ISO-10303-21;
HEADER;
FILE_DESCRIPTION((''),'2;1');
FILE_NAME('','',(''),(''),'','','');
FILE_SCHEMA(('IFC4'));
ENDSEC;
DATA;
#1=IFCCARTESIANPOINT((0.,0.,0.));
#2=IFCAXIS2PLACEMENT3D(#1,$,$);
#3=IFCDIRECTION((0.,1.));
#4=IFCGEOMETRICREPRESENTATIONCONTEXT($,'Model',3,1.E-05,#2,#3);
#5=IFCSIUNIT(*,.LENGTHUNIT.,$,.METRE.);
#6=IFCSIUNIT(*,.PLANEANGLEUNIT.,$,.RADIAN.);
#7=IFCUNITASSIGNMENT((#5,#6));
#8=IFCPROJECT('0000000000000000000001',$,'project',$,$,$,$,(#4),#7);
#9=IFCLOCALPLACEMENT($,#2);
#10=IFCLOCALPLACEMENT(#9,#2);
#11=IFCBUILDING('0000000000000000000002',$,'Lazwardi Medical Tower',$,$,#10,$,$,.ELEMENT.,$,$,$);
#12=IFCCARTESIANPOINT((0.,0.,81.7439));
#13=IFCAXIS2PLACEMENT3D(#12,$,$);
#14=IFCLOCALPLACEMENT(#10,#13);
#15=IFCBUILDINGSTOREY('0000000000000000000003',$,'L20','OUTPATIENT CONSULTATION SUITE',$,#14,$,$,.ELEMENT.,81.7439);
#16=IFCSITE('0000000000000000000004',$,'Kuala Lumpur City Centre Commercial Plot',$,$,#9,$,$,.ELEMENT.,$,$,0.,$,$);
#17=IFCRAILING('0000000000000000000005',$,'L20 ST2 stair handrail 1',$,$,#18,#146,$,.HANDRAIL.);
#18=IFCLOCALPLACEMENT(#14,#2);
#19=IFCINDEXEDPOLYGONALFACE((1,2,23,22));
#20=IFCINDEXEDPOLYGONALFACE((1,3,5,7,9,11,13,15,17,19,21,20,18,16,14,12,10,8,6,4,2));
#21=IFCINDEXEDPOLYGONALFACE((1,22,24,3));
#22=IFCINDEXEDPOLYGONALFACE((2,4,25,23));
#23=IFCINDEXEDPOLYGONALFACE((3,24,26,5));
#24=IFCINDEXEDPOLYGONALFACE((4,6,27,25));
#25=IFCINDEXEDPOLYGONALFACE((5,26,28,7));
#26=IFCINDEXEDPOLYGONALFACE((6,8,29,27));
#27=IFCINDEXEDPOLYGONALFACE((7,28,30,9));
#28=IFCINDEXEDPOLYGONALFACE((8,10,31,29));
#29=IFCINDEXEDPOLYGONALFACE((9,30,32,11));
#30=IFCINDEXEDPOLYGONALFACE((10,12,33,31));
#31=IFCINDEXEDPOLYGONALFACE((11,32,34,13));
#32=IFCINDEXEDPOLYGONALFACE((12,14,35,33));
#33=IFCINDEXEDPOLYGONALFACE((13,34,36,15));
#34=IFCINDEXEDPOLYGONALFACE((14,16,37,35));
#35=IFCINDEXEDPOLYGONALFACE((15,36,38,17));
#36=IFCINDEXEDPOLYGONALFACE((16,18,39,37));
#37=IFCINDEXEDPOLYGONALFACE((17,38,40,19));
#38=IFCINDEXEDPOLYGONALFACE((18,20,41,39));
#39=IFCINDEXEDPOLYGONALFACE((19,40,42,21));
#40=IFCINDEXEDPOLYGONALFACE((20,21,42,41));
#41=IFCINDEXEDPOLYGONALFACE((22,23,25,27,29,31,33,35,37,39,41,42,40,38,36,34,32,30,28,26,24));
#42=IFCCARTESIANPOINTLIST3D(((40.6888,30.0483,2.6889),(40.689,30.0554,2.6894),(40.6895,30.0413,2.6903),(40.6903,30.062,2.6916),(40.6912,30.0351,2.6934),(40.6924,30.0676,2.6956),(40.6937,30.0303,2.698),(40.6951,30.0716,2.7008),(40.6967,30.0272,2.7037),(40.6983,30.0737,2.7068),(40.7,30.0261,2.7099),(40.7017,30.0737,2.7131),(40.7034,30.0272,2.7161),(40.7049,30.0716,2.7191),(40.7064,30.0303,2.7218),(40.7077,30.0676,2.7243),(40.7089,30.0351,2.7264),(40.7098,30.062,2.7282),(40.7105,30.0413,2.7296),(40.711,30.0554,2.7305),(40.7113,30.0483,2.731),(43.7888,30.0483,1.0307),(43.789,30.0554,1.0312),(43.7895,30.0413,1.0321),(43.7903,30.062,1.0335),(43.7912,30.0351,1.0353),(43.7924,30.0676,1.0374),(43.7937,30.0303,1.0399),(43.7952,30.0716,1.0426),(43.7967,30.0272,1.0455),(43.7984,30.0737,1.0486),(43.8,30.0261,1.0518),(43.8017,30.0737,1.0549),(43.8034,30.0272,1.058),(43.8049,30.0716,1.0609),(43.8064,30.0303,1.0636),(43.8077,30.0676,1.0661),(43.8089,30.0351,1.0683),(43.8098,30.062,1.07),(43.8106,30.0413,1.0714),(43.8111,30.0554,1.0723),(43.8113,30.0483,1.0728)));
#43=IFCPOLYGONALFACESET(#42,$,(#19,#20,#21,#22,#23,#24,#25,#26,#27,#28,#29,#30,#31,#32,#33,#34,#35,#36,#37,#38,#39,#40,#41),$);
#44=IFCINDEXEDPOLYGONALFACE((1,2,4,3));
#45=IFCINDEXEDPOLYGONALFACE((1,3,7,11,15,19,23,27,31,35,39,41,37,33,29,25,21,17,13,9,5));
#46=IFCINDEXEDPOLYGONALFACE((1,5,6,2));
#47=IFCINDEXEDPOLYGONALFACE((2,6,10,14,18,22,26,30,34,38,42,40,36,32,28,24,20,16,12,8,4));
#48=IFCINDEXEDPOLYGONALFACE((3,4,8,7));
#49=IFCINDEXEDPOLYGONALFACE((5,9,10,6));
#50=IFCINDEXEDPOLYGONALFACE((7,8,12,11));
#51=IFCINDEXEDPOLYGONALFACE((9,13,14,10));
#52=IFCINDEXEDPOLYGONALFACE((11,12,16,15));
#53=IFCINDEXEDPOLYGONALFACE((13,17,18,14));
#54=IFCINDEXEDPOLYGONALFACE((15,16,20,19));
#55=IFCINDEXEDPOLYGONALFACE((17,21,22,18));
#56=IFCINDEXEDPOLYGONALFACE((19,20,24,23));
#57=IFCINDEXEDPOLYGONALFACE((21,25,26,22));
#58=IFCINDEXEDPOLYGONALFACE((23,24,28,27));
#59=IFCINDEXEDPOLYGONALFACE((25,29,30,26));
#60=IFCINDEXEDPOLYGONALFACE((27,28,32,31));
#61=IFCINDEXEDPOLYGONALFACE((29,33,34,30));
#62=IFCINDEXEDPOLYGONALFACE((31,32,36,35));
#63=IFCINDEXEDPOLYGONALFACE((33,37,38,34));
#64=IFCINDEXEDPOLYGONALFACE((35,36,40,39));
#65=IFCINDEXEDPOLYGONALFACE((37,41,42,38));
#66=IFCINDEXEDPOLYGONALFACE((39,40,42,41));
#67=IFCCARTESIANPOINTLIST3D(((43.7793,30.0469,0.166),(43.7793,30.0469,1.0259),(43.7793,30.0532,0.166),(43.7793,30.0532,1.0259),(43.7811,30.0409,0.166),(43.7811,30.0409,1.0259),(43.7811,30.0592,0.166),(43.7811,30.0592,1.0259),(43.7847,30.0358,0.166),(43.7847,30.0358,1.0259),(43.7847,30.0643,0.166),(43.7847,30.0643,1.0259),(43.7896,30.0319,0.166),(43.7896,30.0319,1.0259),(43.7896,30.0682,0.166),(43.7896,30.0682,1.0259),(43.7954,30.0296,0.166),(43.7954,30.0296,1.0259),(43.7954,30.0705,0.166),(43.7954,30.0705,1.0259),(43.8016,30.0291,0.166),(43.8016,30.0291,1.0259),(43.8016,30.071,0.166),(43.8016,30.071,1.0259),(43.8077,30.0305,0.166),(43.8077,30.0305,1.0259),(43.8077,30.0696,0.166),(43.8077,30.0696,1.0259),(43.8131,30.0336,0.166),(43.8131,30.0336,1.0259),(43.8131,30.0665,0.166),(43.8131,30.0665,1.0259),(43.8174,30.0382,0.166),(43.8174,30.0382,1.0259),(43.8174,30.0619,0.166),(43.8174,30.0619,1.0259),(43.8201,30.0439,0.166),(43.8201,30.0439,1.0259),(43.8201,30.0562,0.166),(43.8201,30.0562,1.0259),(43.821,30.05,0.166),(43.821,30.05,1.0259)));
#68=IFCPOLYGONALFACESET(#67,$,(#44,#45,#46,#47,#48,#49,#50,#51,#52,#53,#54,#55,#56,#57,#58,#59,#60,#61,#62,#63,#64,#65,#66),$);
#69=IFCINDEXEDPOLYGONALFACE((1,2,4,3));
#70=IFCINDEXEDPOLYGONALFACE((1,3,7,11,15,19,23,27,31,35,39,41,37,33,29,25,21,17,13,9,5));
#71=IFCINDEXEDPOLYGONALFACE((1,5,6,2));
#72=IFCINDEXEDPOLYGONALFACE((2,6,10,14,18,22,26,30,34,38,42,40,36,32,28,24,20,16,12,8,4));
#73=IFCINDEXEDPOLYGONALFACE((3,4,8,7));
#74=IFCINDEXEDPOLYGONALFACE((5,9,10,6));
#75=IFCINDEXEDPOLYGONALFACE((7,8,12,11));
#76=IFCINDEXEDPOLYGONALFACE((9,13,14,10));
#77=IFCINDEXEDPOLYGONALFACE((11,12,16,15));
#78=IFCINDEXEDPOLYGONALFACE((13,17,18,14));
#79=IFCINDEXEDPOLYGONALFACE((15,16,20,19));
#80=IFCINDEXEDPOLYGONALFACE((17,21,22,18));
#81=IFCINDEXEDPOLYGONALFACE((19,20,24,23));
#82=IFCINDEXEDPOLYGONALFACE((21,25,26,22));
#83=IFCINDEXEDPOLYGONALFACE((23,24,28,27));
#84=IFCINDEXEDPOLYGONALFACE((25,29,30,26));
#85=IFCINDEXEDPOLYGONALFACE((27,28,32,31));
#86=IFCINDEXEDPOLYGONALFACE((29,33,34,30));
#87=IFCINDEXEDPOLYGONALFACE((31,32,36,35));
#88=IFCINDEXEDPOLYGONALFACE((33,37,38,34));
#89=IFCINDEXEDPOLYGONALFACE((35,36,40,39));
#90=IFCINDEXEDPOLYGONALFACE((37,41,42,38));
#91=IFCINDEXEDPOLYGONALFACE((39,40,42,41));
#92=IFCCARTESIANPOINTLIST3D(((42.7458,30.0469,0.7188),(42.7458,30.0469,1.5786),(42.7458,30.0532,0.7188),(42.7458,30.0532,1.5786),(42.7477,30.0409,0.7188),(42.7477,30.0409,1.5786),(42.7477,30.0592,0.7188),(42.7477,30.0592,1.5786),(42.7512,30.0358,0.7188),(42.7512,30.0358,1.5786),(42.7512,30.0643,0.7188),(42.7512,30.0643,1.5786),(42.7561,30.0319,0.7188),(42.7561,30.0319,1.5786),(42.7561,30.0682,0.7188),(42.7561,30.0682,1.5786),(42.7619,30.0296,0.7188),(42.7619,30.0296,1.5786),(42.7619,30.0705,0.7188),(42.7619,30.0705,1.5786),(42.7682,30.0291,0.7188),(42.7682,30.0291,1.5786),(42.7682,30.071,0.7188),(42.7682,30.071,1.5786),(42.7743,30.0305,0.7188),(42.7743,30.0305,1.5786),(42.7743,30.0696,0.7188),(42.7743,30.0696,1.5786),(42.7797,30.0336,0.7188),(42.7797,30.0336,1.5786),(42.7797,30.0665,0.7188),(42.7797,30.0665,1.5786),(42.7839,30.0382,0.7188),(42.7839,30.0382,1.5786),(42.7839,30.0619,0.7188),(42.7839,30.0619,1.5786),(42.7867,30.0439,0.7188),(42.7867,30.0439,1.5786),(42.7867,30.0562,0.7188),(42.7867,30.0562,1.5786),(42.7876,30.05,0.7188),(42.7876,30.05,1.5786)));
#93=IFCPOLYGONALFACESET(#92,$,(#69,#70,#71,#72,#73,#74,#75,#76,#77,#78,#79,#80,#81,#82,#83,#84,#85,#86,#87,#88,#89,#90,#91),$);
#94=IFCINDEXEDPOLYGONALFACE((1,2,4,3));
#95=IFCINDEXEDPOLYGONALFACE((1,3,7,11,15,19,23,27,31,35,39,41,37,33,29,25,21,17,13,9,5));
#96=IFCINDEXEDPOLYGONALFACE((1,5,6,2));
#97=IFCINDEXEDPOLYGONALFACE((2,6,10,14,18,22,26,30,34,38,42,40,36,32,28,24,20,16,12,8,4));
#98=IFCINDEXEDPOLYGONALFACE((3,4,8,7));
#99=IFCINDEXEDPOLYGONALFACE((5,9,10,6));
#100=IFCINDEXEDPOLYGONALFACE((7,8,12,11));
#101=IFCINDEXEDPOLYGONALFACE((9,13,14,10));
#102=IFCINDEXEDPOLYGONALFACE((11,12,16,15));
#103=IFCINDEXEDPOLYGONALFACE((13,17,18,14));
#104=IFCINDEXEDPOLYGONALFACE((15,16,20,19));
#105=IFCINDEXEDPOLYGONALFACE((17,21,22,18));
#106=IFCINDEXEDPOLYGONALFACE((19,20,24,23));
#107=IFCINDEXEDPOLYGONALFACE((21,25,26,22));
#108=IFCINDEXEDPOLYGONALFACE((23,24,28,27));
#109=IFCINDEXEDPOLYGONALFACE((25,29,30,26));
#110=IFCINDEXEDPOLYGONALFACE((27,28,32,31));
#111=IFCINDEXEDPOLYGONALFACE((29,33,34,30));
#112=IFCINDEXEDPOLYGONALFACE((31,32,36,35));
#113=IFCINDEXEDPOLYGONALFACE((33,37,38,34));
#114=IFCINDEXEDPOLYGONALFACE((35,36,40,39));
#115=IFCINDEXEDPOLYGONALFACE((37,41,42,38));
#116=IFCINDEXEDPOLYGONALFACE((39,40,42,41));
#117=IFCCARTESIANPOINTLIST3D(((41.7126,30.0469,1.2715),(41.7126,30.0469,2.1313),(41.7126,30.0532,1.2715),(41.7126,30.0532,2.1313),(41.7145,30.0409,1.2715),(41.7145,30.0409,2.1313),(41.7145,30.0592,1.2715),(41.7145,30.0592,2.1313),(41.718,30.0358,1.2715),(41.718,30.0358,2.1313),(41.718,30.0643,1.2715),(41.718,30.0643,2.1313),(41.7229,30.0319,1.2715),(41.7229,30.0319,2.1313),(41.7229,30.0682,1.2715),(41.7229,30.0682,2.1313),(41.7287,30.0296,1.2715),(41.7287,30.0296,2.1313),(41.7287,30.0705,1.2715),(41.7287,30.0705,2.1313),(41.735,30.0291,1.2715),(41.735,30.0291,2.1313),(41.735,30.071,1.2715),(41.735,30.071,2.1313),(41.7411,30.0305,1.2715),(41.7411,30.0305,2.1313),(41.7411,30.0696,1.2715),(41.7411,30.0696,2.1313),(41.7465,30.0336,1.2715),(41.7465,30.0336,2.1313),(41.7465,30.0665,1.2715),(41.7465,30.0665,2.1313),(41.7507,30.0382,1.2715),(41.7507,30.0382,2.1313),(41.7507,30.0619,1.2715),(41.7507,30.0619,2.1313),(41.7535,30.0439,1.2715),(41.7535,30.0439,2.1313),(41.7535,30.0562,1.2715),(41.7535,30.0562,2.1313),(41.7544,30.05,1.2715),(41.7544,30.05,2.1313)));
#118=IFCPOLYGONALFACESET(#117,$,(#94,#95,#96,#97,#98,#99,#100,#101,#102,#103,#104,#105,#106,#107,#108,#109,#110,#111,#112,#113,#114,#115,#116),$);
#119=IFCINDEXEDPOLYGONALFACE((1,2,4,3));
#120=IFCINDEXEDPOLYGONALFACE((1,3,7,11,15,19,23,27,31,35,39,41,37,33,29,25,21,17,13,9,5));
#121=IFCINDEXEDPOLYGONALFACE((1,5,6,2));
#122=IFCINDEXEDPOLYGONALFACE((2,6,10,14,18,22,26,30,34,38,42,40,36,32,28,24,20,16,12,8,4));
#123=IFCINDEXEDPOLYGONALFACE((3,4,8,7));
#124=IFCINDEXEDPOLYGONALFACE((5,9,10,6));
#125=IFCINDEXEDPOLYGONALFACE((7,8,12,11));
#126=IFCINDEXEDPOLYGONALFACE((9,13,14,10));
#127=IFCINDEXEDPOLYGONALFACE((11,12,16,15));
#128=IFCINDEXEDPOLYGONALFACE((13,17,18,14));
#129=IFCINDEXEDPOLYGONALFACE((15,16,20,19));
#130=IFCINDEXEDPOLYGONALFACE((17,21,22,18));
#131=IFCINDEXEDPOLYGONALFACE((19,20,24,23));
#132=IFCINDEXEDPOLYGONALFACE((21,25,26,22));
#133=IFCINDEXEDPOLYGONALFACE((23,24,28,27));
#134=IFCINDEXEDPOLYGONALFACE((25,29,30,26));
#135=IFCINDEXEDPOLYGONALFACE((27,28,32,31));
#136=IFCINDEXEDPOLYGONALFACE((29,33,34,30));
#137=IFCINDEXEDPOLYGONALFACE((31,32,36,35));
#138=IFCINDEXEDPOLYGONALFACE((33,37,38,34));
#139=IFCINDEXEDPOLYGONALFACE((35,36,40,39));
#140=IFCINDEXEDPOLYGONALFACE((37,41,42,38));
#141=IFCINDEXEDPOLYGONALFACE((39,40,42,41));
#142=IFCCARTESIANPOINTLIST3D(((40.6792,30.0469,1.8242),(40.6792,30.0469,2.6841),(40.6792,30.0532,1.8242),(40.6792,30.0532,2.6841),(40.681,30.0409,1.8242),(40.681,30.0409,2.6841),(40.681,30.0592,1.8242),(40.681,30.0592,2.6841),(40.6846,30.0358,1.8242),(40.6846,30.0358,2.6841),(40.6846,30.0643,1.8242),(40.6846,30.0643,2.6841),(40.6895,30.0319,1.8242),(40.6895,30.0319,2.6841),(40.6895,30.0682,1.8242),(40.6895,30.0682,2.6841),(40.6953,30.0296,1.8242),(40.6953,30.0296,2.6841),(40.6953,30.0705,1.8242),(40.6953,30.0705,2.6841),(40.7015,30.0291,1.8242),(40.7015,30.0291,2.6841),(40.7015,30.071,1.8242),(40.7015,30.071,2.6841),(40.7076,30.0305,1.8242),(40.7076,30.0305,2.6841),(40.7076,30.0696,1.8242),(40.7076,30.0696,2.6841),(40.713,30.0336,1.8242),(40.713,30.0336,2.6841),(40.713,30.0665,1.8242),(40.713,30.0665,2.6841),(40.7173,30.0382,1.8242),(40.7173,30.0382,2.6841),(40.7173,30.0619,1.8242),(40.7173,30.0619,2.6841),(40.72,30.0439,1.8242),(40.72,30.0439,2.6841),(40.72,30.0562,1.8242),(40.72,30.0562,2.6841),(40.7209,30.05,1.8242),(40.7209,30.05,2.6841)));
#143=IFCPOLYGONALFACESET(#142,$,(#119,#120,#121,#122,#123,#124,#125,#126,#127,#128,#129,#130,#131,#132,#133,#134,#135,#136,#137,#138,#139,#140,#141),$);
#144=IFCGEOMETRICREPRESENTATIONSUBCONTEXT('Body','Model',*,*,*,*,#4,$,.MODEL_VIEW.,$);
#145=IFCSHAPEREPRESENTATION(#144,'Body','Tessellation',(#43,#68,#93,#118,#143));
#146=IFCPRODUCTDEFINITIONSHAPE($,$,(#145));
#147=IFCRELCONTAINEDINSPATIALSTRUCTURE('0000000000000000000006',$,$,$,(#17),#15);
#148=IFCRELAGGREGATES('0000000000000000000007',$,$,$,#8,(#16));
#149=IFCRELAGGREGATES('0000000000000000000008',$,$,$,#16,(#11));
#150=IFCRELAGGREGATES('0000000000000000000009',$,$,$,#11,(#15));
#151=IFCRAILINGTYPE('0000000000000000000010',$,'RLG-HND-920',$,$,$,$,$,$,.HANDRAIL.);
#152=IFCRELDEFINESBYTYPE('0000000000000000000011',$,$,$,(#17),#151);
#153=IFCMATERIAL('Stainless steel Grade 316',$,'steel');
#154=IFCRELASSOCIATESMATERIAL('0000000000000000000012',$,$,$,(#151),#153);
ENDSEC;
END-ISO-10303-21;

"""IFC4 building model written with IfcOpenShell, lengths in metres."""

from ifc_helpers import new_model, si_unit, direction, frame, origin, origin_2d, place, context, subcontext, project, spatial, circle, extrude, material, type_object, element, save


model = new_model("IFC4")

# Units and contexts
model_context = context("Model", 3, precision=1e-05, world=origin(), true_north=direction((0.0, 1.0)))
body_context = subcontext(model_context, "Body", "Model", "MODEL_VIEW")
ifc_project = project(units=[si_unit("LENGTHUNIT", "METRE"), si_unit("PLANEANGLEUNIT", "RADIAN")], contexts=[model_context])

# Site, building, storey
site_placement = place(None, origin())
site = spatial("IfcSite", under=ifc_project, at=site_placement, Name="Kuala Lumpur City Centre Commercial Plot", CompositionType="ELEMENT", RefElevation=0.0)
building_placement = place(site_placement, origin())
building = spatial("IfcBuilding", under=site, at=building_placement, Name="Lazwardi Medical Tower", CompositionType="ELEMENT")
storey_placement = place(building_placement, frame((0.0, 0.0, 81.7439)))
storey = spatial("IfcBuildingStorey", under=building, at=storey_placement, Name="L20", Description="OUTPATIENT CONSULTATION SUITE", CompositionType="ELEMENT", Elevation=81.7439)

# Railing
ifc_material_1 = material(Name="Stainless steel Grade 316", Category="steel")
railing_type_1 = type_object("IfcRailingType", Name="RLG-HND-920", PredefinedType="HANDRAIL", material=ifc_material_1)
railing_1_placement = place(storey_placement, frame((43.8, 30.05, 0.166)))
element("IfcRailing", 1, at=railing_1_placement, inside=storey, type_object=railing_type_1, Name="L20 ST2 stair handrail 1", PredefinedType="HANDRAIL", context=body_context, shape_type="SweptSolid", body=[
    extrude(circle(Radius=0.0239, at=origin_2d()), frame((0.0, 0.0, 0.8857), z_axis=(-0.881783, 0.0, 0.471655), x_axis=(0.0, -1.0, 0.0)), (0.0, 0.0, 1.0), 3.5156),
    extrude(circle(Radius=0.021, at=origin_2d()), origin(), (0.0, 0.0, 1.0), 0.8599),
    extrude(circle(Radius=0.021, at=origin_2d()), frame((-1.0334, 0.0, 0.5527)), (0.0, 0.0, 1.0), 0.8599),
    extrude(circle(Radius=0.021, at=origin_2d()), frame((-2.0667, 0.0, 1.1055)), (0.0, 0.0, 1.0), 0.8599),
    extrude(circle(Radius=0.021, at=origin_2d()), frame((-3.1001, 0.0, 1.6582)), (0.0, 0.0, 1.0), 0.8599),
])

save(model, "model.ifc")
